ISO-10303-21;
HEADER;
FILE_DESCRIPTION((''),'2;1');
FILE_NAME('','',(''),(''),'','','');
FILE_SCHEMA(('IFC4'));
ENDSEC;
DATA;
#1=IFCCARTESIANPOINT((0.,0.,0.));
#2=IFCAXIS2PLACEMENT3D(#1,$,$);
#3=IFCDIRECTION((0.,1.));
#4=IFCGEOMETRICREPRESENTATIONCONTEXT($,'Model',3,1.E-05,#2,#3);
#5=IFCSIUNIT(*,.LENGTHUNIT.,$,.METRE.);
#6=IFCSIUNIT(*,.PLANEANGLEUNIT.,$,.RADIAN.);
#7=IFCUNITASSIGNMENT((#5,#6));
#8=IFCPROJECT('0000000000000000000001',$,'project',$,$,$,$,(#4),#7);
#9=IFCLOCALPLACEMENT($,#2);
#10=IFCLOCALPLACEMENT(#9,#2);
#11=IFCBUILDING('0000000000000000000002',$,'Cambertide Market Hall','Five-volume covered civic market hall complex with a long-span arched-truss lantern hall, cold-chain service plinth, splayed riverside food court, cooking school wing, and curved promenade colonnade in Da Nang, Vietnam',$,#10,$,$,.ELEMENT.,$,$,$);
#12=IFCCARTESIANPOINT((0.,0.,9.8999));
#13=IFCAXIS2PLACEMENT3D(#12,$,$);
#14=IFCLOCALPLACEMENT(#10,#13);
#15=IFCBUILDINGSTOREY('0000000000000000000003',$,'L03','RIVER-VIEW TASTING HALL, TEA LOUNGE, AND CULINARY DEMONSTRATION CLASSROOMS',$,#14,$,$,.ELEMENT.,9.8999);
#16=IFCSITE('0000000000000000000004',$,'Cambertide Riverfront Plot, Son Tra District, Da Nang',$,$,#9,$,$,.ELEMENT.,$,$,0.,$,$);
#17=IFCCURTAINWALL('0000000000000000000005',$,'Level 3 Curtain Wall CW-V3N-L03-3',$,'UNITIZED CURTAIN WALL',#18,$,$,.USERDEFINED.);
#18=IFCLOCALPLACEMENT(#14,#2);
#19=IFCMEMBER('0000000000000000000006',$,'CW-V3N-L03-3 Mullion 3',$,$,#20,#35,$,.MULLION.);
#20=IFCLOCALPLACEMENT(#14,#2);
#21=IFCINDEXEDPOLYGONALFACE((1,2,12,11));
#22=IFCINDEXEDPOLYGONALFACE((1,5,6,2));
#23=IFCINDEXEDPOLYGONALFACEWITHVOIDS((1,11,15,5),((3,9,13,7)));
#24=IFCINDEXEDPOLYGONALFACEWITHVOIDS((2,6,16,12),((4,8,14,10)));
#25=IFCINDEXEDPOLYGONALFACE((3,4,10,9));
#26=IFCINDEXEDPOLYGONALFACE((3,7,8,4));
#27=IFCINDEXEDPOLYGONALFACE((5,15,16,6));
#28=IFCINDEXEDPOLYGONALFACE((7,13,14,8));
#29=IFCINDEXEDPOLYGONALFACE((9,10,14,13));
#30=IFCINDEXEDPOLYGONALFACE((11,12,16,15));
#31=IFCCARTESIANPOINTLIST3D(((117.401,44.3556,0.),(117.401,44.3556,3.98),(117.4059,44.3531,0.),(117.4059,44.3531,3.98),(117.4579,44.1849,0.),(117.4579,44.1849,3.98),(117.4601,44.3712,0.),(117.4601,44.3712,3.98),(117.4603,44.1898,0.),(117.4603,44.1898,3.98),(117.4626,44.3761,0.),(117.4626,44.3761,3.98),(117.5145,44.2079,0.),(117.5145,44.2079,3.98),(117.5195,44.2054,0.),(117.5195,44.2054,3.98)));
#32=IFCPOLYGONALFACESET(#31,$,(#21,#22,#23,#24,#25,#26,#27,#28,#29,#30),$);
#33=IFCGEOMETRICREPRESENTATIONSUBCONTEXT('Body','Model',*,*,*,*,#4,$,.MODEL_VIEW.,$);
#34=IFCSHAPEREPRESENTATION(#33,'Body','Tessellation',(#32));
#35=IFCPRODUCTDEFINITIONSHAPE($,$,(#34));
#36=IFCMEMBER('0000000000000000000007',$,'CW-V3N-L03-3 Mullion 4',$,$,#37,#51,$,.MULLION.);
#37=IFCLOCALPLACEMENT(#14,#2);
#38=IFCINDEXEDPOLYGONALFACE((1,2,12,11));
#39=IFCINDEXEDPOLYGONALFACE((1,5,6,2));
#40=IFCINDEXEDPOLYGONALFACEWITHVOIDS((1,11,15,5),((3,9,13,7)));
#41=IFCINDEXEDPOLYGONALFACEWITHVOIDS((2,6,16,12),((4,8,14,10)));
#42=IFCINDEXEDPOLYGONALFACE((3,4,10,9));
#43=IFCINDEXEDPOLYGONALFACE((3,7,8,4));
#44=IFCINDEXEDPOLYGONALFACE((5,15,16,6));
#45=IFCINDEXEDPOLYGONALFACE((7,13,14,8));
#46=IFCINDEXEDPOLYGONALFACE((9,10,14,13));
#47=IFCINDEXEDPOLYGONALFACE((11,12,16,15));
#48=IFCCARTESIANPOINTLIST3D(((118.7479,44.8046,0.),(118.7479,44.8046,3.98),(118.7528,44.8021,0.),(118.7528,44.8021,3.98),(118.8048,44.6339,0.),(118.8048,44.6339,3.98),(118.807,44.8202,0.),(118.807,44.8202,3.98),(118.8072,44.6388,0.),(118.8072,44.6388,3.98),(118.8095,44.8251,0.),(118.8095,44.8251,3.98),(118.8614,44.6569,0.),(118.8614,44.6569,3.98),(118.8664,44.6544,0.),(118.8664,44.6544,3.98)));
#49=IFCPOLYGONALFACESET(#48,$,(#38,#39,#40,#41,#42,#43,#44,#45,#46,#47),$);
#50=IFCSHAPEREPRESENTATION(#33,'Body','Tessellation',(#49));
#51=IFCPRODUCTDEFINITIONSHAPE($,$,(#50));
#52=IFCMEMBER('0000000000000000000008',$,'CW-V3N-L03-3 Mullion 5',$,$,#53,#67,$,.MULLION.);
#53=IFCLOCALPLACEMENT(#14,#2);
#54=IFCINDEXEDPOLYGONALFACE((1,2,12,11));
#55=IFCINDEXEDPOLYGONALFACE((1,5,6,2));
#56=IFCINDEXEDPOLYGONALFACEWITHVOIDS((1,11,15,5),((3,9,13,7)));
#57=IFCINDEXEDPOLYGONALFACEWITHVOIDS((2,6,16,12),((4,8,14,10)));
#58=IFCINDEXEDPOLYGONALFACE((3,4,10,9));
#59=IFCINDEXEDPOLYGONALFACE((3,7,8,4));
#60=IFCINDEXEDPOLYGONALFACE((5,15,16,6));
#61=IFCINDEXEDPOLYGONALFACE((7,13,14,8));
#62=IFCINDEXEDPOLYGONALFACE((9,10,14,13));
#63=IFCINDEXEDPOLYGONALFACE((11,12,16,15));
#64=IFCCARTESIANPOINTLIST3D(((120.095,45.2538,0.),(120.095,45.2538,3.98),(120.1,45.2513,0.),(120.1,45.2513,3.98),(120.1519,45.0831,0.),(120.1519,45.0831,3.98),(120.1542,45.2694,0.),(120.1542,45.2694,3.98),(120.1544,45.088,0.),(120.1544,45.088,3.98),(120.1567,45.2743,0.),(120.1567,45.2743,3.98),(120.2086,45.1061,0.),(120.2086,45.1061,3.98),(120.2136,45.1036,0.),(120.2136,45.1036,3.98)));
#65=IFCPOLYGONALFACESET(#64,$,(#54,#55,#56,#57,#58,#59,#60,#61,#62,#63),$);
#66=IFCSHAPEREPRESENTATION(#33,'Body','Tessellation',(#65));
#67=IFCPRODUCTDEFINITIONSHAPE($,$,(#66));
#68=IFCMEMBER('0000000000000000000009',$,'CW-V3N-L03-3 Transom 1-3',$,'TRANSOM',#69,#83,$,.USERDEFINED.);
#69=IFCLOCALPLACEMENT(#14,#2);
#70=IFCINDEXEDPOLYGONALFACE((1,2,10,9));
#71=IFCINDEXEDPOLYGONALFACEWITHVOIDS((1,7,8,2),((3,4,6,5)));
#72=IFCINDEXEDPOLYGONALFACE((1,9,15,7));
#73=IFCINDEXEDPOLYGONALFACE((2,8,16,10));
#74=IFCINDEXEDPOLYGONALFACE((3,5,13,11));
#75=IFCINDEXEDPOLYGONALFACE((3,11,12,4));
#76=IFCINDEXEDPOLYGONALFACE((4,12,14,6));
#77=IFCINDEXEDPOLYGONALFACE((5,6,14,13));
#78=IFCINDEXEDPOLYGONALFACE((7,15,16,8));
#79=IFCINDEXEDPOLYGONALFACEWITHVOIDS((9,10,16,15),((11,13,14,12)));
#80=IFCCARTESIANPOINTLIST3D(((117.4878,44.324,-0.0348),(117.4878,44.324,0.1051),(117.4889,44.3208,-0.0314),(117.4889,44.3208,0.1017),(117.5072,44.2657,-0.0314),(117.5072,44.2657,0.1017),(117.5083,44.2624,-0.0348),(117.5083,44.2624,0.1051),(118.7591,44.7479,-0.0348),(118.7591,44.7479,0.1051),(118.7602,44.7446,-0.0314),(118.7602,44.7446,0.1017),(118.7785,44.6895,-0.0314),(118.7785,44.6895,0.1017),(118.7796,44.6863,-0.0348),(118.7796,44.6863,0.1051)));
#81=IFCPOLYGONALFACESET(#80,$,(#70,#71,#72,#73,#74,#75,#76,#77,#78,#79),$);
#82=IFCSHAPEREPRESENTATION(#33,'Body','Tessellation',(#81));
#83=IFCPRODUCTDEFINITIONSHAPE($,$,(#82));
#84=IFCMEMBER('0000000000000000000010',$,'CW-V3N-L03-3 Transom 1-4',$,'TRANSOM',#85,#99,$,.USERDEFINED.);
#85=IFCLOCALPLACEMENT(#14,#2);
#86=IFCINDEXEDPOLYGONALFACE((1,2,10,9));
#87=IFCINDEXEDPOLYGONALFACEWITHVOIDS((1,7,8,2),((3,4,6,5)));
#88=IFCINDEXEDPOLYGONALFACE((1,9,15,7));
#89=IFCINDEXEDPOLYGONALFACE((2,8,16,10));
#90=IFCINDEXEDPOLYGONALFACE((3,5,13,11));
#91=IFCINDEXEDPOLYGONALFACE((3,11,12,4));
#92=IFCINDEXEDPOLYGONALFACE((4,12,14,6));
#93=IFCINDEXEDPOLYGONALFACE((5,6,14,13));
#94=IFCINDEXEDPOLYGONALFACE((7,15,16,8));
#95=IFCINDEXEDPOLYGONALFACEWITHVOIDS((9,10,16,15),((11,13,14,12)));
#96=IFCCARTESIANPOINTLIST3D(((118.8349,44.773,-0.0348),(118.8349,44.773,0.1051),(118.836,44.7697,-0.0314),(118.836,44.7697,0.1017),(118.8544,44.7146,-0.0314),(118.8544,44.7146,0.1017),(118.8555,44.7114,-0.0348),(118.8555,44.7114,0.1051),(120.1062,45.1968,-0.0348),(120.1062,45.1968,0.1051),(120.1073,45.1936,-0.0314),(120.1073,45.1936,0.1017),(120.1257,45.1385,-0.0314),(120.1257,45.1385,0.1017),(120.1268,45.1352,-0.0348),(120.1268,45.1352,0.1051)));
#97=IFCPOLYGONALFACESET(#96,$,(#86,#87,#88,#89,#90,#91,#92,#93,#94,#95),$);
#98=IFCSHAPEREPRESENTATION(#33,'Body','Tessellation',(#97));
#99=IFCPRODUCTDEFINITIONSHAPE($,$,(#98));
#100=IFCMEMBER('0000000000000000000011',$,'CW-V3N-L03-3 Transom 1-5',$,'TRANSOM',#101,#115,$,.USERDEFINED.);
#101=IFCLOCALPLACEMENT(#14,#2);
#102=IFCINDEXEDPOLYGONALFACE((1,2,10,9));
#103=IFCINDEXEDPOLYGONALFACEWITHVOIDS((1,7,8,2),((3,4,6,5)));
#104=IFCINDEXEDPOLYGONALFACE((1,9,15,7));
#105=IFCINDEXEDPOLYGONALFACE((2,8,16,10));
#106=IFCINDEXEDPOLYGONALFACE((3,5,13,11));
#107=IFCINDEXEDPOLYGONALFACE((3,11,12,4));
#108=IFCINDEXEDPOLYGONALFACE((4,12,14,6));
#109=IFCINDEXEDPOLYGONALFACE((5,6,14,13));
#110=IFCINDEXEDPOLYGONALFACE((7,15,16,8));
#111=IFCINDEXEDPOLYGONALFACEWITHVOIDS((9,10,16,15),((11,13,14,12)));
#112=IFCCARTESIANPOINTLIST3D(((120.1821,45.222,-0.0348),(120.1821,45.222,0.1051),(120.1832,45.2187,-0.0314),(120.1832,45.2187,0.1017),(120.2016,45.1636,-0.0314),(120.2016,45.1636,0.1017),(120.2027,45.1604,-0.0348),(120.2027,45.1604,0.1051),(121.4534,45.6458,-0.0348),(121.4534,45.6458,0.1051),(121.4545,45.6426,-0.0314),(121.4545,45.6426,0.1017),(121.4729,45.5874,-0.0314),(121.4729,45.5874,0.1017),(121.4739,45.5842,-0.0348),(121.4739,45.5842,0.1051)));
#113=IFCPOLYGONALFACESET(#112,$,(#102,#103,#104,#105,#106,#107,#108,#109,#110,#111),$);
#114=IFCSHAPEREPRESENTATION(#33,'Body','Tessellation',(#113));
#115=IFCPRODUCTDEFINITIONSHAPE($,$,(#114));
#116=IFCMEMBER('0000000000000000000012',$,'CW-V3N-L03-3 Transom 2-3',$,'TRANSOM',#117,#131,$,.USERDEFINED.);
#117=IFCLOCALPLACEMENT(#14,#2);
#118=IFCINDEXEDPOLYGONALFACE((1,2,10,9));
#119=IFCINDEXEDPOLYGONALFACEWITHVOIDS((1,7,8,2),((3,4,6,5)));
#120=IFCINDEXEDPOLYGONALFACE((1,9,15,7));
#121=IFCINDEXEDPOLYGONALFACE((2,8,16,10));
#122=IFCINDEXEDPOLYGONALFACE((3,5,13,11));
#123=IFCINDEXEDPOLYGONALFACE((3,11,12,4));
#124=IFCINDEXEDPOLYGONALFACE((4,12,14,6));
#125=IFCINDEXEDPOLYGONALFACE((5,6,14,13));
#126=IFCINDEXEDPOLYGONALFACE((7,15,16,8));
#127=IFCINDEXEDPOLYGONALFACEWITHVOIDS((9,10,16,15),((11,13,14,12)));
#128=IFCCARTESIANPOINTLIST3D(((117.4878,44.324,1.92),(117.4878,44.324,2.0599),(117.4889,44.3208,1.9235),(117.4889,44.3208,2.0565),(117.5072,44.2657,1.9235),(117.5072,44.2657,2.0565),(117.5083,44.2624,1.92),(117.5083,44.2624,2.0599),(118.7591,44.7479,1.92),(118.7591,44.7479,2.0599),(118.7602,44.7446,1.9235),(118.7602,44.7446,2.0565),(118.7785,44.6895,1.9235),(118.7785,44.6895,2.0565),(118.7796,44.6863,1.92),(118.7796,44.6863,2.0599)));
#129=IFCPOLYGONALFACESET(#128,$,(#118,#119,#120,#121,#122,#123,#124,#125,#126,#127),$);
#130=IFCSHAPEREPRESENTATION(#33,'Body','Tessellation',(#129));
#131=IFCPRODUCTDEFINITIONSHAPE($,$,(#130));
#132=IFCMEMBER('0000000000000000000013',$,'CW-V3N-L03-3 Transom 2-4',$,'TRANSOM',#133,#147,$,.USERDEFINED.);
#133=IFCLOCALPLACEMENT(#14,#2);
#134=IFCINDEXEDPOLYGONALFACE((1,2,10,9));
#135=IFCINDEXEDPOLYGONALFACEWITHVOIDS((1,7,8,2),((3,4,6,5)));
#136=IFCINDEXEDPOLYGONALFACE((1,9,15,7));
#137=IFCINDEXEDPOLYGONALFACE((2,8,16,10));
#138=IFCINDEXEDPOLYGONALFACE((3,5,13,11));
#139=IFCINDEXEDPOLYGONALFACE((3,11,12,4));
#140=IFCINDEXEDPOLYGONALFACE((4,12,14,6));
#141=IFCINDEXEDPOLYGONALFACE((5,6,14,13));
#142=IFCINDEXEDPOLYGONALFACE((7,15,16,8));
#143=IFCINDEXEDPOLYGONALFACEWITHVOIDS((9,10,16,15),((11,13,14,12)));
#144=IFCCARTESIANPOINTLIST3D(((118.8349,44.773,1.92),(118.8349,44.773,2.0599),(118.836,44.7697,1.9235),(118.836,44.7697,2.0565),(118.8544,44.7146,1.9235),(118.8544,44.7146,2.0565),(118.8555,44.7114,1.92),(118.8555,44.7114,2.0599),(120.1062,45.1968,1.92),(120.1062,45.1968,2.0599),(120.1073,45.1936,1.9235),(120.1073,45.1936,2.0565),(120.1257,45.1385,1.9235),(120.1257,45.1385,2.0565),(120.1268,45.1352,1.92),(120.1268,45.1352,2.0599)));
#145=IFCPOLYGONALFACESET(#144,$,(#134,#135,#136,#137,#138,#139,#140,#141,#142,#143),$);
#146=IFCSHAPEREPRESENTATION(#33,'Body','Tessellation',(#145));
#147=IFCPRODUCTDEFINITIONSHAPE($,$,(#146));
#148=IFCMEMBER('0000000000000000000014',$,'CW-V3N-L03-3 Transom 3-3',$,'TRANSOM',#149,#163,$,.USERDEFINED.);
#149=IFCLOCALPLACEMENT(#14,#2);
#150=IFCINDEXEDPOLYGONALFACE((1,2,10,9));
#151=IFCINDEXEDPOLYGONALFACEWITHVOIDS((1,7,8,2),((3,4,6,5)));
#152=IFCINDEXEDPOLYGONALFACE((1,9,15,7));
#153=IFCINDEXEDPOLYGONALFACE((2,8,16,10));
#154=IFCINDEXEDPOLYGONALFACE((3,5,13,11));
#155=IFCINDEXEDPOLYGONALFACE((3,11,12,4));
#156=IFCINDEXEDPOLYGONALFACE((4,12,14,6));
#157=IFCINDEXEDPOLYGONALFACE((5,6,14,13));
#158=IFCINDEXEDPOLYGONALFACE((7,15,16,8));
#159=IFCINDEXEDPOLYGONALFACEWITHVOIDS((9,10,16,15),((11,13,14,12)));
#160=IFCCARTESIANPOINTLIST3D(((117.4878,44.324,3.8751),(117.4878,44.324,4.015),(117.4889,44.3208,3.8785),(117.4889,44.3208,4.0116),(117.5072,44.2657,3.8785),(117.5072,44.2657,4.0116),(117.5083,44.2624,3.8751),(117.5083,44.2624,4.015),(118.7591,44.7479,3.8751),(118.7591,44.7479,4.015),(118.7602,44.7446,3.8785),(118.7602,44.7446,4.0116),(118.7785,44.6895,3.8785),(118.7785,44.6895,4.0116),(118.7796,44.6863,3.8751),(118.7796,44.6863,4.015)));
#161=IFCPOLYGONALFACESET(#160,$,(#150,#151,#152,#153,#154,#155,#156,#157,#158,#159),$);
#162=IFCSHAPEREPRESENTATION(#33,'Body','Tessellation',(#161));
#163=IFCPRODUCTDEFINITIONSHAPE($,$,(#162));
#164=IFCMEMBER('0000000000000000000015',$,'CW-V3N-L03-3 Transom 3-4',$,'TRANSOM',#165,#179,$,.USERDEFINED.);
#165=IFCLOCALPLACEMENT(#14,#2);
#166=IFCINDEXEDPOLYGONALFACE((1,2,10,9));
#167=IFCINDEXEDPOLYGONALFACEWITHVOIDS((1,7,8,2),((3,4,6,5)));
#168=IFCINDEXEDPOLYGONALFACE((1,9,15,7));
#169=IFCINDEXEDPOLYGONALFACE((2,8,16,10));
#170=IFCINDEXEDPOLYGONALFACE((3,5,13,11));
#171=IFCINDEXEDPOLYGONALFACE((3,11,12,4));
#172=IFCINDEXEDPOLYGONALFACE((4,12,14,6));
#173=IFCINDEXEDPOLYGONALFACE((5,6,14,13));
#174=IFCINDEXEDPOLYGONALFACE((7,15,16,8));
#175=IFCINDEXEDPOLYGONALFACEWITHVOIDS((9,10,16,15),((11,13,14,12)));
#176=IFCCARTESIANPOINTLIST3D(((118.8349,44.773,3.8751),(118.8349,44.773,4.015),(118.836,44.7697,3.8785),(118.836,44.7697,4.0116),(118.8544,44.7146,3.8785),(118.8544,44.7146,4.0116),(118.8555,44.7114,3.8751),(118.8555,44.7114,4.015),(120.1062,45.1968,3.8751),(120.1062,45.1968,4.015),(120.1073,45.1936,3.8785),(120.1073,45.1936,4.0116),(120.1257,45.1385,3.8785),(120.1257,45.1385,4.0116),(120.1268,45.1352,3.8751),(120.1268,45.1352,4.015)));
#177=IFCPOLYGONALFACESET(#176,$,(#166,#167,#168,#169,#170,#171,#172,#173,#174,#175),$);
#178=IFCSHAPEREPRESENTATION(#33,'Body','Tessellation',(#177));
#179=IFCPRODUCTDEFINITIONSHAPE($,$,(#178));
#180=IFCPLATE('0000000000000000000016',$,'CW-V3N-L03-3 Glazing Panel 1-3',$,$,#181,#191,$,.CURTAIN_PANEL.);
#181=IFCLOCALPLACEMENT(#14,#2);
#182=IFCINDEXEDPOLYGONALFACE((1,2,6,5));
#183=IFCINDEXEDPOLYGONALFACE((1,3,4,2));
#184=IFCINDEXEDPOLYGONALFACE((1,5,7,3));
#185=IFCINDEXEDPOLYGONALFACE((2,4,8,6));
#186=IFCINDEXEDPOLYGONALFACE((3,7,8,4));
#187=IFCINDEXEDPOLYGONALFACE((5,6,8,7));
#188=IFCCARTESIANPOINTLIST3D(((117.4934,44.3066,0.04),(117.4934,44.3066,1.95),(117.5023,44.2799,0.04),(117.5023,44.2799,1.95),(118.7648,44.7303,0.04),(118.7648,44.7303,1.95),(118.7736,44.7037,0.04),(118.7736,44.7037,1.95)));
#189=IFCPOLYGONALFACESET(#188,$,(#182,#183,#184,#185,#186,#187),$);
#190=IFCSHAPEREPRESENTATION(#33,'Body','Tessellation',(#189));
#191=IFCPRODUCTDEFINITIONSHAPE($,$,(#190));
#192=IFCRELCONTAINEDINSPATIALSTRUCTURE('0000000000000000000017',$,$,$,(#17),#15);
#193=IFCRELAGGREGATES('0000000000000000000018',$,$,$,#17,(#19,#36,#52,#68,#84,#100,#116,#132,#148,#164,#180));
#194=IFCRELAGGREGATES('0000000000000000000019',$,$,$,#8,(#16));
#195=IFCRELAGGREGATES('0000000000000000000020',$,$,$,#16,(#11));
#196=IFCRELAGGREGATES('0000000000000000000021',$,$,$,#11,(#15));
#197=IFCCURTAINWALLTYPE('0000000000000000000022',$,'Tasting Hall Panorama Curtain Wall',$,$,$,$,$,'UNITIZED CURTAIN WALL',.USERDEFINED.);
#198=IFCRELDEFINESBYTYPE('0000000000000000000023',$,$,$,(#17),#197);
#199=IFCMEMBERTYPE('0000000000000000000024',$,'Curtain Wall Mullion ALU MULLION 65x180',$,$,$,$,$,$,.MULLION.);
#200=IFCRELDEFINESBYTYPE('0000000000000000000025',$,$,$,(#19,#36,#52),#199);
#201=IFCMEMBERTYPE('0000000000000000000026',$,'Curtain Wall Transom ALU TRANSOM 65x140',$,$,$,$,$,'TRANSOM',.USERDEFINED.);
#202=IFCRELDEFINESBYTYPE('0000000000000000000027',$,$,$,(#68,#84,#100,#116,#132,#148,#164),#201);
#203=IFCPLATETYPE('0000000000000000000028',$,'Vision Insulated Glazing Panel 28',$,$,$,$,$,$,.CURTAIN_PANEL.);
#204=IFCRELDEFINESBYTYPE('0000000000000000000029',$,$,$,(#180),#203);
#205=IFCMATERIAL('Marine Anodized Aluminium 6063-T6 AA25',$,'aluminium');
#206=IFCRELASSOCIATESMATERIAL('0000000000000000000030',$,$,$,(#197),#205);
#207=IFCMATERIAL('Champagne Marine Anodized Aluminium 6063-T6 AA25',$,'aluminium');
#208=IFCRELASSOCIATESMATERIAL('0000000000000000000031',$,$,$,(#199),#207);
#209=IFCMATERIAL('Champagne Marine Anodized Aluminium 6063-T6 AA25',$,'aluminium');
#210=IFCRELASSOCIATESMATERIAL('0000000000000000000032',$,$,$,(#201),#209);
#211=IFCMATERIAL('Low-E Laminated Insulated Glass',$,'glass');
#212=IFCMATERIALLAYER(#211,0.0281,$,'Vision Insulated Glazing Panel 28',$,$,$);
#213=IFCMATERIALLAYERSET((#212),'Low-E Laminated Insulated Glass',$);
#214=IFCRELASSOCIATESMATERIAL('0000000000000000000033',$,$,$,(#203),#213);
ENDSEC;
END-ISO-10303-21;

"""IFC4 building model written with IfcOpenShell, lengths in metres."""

from ifc_helpers import new_model, si_unit, direction, frame, origin, origin_2d, place, context, subcontext, project, spatial, rectangle, hollow_rectangle, extrude, material, layer, layer_set, material_profile, profile_set, type_object, element, aggregate, save


model = new_model("IFC4")

# Units and contexts
model_context = context("Model", 3, precision=1e-05, world=origin(), true_north=direction((0.0, 1.0)))
body_context = subcontext(model_context, "Body", "Model", "MODEL_VIEW")
ifc_project = project(units=[si_unit("LENGTHUNIT", "METRE"), si_unit("PLANEANGLEUNIT", "RADIAN")], contexts=[model_context])

# Site, building, storey
site_placement = place(None, origin())
site = spatial("IfcSite", under=ifc_project, at=site_placement, Name="Cambertide Riverfront Plot, Son Tra District, Da Nang", CompositionType="ELEMENT", RefElevation=0.0)
building_placement = place(site_placement, origin())
building = spatial("IfcBuilding", under=site, at=building_placement, Name="Cambertide Market Hall", Description="Five-volume covered civic market hall complex with a long-span arched-truss lantern hall, cold-chain service plinth, splayed riverside food court, cooking school wing, and curved promenade colonnade in Da Nang, Vietnam", CompositionType="ELEMENT")
storey_placement = place(building_placement, frame((0.0, 0.0, 9.8999)))
storey = spatial("IfcBuildingStorey", under=building, at=storey_placement, Name="L03", Description="RIVER-VIEW TASTING HALL, TEA LOUNGE, AND CULINARY DEMONSTRATION CLASSROOMS", CompositionType="ELEMENT", Elevation=9.8999)

# Curtain wall, members, plate
ifc_material_1 = material(Name="Marine Anodized Aluminium 6063-T6 AA25", Category="aluminium")
curtain_wall_type = type_object("IfcCurtainWallType", Name="Tasting Hall Panorama Curtain Wall", ElementType="UNITIZED CURTAIN WALL", PredefinedType="USERDEFINED", material=ifc_material_1)
curtain_wall_placement = place(storey_placement, origin())
curtain_wall = element("IfcCurtainWall", 1, at=curtain_wall_placement, inside=storey, type_object=curtain_wall_type, Name="Level 3 Curtain Wall CW-V3N-L03-3", ObjectType="UNITIZED CURTAIN WALL", PredefinedType="USERDEFINED")
ifc_material_2 = material(Name="Champagne Marine Anodized Aluminium 6063-T6 AA25", Category="aluminium")
ifc_material_profile_1 = material_profile(ifc_material_2, hollow_rectangle(XDim=0.0649, YDim=0.1799, WallThickness=0.0039, at=origin_2d()), Name="ALU MULLION 65x180")
ifc_profile_set_1 = profile_set([ifc_material_profile_1], Name="Champagne Marine Anodized Aluminium 6063-T6 AA25")
member_type_1 = type_object("IfcMemberType", Name="Curtain Wall Mullion ALU MULLION 65x180", PredefinedType="MULLION", material=ifc_profile_set_1)
member_1_placement = place(storey_placement, frame((117.4602, 44.2805, 0.0), z_axis=(0.0, 0.0, 1.0), x_axis=(0.948683, 0.316228, 0.0)))
member_1 = element("IfcMember", 2, at=member_1_placement, type_object=member_type_1, Name="CW-V3N-L03-3 Mullion 3", PredefinedType="MULLION", context=body_context, shape_type="SweptSolid", body=[
    extrude(hollow_rectangle(XDim=0.0649, YDim=0.1799, WallThickness=0.0039, at=origin_2d()), origin(), (0.0, 0.0, 1.0), 3.98),
])
member_2_placement = place(storey_placement, frame((118.8071, 44.7295, 0.0), z_axis=(0.0, 0.0, 1.0), x_axis=(0.948683, 0.316228, 0.0)))
member_2 = element("IfcMember", 3, at=member_2_placement, type_object=member_type_1, Name="CW-V3N-L03-3 Mullion 4", PredefinedType="MULLION", context=body_context, shape_type="SweptSolid", body=[
    extrude(hollow_rectangle(XDim=0.0649, YDim=0.1799, WallThickness=0.0039, at=origin_2d()), origin(), (0.0, 0.0, 1.0), 3.98),
])
member_3_placement = place(storey_placement, frame((120.1543, 45.1787, 0.0), z_axis=(0.0, 0.0, 1.0), x_axis=(0.948683, 0.316228, 0.0)))
member_3 = element("IfcMember", 4, at=member_3_placement, type_object=member_type_1, Name="CW-V3N-L03-3 Mullion 5", PredefinedType="MULLION", context=body_context, shape_type="SweptSolid", body=[
    extrude(hollow_rectangle(XDim=0.0649, YDim=0.1799, WallThickness=0.0039, at=origin_2d()), origin(), (0.0, 0.0, 1.0), 3.98),
])
ifc_material_3 = material(Name="Champagne Marine Anodized Aluminium 6063-T6 AA25", Category="aluminium")
ifc_material_profile_2 = material_profile(ifc_material_3, hollow_rectangle(XDim=0.0649, YDim=0.1399, WallThickness=0.0034, at=origin_2d()), Name="ALU TRANSOM 65x140")
ifc_profile_set_2 = profile_set([ifc_material_profile_2], Name="Champagne Marine Anodized Aluminium 6063-T6 AA25")
member_type_2 = type_object("IfcMemberType", Name="Curtain Wall Transom ALU TRANSOM 65x140", ElementType="TRANSOM", PredefinedType="USERDEFINED", material=ifc_profile_set_2)
member_4_placement = place(storey_placement, frame((117.498, 44.2932, 0.0352), z_axis=(0.948665, 0.316282, 0.0), x_axis=(-0.316282, 0.948665, 0.0)))
member_4 = element("IfcMember", 5, at=member_4_placement, type_object=member_type_2, Name="CW-V3N-L03-3 Transom 1-3", ObjectType="TRANSOM", PredefinedType="USERDEFINED", context=body_context, shape_type="SweptSolid", body=[
    extrude(hollow_rectangle(XDim=0.0649, YDim=0.1399, WallThickness=0.0034, at=origin_2d()), origin(), (0.0, 0.0, 1.0), 1.3401),
])
member_5_placement = place(storey_placement, frame((118.8452, 44.7422, 0.0352), z_axis=(0.948665, 0.316282, 0.0), x_axis=(-0.316282, 0.948665, 0.0)))
member_5 = element("IfcMember", 6, at=member_5_placement, type_object=member_type_2, Name="CW-V3N-L03-3 Transom 1-4", ObjectType="TRANSOM", PredefinedType="USERDEFINED", context=body_context, shape_type="SweptSolid", body=[
    extrude(hollow_rectangle(XDim=0.0649, YDim=0.1399, WallThickness=0.0034, at=origin_2d()), origin(), (0.0, 0.0, 1.0), 1.3401),
])
member_6_placement = place(storey_placement, frame((120.1924, 45.1912, 0.0352), z_axis=(0.948665, 0.316282, 0.0), x_axis=(-0.316282, 0.948665, 0.0)))
member_6 = element("IfcMember", 7, at=member_6_placement, type_object=member_type_2, Name="CW-V3N-L03-3 Transom 1-5", ObjectType="TRANSOM", PredefinedType="USERDEFINED", context=body_context, shape_type="SweptSolid", body=[
    extrude(hollow_rectangle(XDim=0.0649, YDim=0.1399, WallThickness=0.0034, at=origin_2d()), origin(), (0.0, 0.0, 1.0), 1.3401),
])
member_7_placement = place(storey_placement, frame((117.498, 44.2932, 1.99), z_axis=(0.948665, 0.316282, 0.0), x_axis=(-0.316282, 0.948665, 0.0)))
member_7 = element("IfcMember", 8, at=member_7_placement, type_object=member_type_2, Name="CW-V3N-L03-3 Transom 2-3", ObjectType="TRANSOM", PredefinedType="USERDEFINED", context=body_context, shape_type="SweptSolid", body=[
    extrude(hollow_rectangle(XDim=0.0649, YDim=0.1399, WallThickness=0.0034, at=origin_2d()), origin(), (0.0, 0.0, 1.0), 1.3401),
])
member_8_placement = place(storey_placement, frame((118.8452, 44.7422, 1.99), z_axis=(0.948665, 0.316282, 0.0), x_axis=(-0.316282, 0.948665, 0.0)))
member_8 = element("IfcMember", 9, at=member_8_placement, type_object=member_type_2, Name="CW-V3N-L03-3 Transom 2-4", ObjectType="TRANSOM", PredefinedType="USERDEFINED", context=body_context, shape_type="SweptSolid", body=[
    extrude(hollow_rectangle(XDim=0.0649, YDim=0.1399, WallThickness=0.0034, at=origin_2d()), origin(), (0.0, 0.0, 1.0), 1.3401),
])
member_9_placement = place(storey_placement, frame((117.498, 44.2932, 3.9451), z_axis=(0.948665, 0.316282, 0.0), x_axis=(-0.316282, 0.948665, 0.0)))
member_9 = element("IfcMember", 10, at=member_9_placement, type_object=member_type_2, Name="CW-V3N-L03-3 Transom 3-3", ObjectType="TRANSOM", PredefinedType="USERDEFINED", context=body_context, shape_type="SweptSolid", body=[
    extrude(hollow_rectangle(XDim=0.0649, YDim=0.1399, WallThickness=0.0034, at=origin_2d()), origin(), (0.0, 0.0, 1.0), 1.3401),
])
member_10_placement = place(storey_placement, frame((118.8452, 44.7422, 3.9451), z_axis=(0.948665, 0.316282, 0.0), x_axis=(-0.316282, 0.948665, 0.0)))
member_10 = element("IfcMember", 11, at=member_10_placement, type_object=member_type_2, Name="CW-V3N-L03-3 Transom 3-4", ObjectType="TRANSOM", PredefinedType="USERDEFINED", context=body_context, shape_type="SweptSolid", body=[
    extrude(hollow_rectangle(XDim=0.0649, YDim=0.1399, WallThickness=0.0034, at=origin_2d()), origin(), (0.0, 0.0, 1.0), 1.3401),
])
ifc_material_4 = material(Name="Low-E Laminated Insulated Glass", Category="glass")
ifc_layer_1 = layer(ifc_material_4, 0.0281, Name="Vision Insulated Glazing Panel 28")
ifc_layer_set_1 = layer_set([ifc_layer_1], Name="Low-E Laminated Insulated Glass")
plate_type = type_object("IfcPlateType", Name="Vision Insulated Glazing Panel 28", PredefinedType="CURTAIN_PANEL", material=ifc_layer_set_1)
plate_1_placement = place(storey_placement, frame((118.1335, 44.5051, 0.04), z_axis=(0.0, 0.0, 1.0), x_axis=(0.948683, 0.316228, 0.0)))
plate_1 = element("IfcPlate", 12, at=plate_1_placement, type_object=plate_type, Name="CW-V3N-L03-3 Glazing Panel 1-3", PredefinedType="CURTAIN_PANEL", context=body_context, shape_type="SweptSolid", body=[
    extrude(rectangle(XDim=1.3401, YDim=0.0281, at=origin_2d()), origin(), (0.0, 0.0, 1.0), 1.9099),
])
aggregate(curtain_wall, [member_1, member_2, member_3, member_4, member_5, member_6, member_7, member_8, member_9, member_10, plate_1])

save(model, "model.ifc")
